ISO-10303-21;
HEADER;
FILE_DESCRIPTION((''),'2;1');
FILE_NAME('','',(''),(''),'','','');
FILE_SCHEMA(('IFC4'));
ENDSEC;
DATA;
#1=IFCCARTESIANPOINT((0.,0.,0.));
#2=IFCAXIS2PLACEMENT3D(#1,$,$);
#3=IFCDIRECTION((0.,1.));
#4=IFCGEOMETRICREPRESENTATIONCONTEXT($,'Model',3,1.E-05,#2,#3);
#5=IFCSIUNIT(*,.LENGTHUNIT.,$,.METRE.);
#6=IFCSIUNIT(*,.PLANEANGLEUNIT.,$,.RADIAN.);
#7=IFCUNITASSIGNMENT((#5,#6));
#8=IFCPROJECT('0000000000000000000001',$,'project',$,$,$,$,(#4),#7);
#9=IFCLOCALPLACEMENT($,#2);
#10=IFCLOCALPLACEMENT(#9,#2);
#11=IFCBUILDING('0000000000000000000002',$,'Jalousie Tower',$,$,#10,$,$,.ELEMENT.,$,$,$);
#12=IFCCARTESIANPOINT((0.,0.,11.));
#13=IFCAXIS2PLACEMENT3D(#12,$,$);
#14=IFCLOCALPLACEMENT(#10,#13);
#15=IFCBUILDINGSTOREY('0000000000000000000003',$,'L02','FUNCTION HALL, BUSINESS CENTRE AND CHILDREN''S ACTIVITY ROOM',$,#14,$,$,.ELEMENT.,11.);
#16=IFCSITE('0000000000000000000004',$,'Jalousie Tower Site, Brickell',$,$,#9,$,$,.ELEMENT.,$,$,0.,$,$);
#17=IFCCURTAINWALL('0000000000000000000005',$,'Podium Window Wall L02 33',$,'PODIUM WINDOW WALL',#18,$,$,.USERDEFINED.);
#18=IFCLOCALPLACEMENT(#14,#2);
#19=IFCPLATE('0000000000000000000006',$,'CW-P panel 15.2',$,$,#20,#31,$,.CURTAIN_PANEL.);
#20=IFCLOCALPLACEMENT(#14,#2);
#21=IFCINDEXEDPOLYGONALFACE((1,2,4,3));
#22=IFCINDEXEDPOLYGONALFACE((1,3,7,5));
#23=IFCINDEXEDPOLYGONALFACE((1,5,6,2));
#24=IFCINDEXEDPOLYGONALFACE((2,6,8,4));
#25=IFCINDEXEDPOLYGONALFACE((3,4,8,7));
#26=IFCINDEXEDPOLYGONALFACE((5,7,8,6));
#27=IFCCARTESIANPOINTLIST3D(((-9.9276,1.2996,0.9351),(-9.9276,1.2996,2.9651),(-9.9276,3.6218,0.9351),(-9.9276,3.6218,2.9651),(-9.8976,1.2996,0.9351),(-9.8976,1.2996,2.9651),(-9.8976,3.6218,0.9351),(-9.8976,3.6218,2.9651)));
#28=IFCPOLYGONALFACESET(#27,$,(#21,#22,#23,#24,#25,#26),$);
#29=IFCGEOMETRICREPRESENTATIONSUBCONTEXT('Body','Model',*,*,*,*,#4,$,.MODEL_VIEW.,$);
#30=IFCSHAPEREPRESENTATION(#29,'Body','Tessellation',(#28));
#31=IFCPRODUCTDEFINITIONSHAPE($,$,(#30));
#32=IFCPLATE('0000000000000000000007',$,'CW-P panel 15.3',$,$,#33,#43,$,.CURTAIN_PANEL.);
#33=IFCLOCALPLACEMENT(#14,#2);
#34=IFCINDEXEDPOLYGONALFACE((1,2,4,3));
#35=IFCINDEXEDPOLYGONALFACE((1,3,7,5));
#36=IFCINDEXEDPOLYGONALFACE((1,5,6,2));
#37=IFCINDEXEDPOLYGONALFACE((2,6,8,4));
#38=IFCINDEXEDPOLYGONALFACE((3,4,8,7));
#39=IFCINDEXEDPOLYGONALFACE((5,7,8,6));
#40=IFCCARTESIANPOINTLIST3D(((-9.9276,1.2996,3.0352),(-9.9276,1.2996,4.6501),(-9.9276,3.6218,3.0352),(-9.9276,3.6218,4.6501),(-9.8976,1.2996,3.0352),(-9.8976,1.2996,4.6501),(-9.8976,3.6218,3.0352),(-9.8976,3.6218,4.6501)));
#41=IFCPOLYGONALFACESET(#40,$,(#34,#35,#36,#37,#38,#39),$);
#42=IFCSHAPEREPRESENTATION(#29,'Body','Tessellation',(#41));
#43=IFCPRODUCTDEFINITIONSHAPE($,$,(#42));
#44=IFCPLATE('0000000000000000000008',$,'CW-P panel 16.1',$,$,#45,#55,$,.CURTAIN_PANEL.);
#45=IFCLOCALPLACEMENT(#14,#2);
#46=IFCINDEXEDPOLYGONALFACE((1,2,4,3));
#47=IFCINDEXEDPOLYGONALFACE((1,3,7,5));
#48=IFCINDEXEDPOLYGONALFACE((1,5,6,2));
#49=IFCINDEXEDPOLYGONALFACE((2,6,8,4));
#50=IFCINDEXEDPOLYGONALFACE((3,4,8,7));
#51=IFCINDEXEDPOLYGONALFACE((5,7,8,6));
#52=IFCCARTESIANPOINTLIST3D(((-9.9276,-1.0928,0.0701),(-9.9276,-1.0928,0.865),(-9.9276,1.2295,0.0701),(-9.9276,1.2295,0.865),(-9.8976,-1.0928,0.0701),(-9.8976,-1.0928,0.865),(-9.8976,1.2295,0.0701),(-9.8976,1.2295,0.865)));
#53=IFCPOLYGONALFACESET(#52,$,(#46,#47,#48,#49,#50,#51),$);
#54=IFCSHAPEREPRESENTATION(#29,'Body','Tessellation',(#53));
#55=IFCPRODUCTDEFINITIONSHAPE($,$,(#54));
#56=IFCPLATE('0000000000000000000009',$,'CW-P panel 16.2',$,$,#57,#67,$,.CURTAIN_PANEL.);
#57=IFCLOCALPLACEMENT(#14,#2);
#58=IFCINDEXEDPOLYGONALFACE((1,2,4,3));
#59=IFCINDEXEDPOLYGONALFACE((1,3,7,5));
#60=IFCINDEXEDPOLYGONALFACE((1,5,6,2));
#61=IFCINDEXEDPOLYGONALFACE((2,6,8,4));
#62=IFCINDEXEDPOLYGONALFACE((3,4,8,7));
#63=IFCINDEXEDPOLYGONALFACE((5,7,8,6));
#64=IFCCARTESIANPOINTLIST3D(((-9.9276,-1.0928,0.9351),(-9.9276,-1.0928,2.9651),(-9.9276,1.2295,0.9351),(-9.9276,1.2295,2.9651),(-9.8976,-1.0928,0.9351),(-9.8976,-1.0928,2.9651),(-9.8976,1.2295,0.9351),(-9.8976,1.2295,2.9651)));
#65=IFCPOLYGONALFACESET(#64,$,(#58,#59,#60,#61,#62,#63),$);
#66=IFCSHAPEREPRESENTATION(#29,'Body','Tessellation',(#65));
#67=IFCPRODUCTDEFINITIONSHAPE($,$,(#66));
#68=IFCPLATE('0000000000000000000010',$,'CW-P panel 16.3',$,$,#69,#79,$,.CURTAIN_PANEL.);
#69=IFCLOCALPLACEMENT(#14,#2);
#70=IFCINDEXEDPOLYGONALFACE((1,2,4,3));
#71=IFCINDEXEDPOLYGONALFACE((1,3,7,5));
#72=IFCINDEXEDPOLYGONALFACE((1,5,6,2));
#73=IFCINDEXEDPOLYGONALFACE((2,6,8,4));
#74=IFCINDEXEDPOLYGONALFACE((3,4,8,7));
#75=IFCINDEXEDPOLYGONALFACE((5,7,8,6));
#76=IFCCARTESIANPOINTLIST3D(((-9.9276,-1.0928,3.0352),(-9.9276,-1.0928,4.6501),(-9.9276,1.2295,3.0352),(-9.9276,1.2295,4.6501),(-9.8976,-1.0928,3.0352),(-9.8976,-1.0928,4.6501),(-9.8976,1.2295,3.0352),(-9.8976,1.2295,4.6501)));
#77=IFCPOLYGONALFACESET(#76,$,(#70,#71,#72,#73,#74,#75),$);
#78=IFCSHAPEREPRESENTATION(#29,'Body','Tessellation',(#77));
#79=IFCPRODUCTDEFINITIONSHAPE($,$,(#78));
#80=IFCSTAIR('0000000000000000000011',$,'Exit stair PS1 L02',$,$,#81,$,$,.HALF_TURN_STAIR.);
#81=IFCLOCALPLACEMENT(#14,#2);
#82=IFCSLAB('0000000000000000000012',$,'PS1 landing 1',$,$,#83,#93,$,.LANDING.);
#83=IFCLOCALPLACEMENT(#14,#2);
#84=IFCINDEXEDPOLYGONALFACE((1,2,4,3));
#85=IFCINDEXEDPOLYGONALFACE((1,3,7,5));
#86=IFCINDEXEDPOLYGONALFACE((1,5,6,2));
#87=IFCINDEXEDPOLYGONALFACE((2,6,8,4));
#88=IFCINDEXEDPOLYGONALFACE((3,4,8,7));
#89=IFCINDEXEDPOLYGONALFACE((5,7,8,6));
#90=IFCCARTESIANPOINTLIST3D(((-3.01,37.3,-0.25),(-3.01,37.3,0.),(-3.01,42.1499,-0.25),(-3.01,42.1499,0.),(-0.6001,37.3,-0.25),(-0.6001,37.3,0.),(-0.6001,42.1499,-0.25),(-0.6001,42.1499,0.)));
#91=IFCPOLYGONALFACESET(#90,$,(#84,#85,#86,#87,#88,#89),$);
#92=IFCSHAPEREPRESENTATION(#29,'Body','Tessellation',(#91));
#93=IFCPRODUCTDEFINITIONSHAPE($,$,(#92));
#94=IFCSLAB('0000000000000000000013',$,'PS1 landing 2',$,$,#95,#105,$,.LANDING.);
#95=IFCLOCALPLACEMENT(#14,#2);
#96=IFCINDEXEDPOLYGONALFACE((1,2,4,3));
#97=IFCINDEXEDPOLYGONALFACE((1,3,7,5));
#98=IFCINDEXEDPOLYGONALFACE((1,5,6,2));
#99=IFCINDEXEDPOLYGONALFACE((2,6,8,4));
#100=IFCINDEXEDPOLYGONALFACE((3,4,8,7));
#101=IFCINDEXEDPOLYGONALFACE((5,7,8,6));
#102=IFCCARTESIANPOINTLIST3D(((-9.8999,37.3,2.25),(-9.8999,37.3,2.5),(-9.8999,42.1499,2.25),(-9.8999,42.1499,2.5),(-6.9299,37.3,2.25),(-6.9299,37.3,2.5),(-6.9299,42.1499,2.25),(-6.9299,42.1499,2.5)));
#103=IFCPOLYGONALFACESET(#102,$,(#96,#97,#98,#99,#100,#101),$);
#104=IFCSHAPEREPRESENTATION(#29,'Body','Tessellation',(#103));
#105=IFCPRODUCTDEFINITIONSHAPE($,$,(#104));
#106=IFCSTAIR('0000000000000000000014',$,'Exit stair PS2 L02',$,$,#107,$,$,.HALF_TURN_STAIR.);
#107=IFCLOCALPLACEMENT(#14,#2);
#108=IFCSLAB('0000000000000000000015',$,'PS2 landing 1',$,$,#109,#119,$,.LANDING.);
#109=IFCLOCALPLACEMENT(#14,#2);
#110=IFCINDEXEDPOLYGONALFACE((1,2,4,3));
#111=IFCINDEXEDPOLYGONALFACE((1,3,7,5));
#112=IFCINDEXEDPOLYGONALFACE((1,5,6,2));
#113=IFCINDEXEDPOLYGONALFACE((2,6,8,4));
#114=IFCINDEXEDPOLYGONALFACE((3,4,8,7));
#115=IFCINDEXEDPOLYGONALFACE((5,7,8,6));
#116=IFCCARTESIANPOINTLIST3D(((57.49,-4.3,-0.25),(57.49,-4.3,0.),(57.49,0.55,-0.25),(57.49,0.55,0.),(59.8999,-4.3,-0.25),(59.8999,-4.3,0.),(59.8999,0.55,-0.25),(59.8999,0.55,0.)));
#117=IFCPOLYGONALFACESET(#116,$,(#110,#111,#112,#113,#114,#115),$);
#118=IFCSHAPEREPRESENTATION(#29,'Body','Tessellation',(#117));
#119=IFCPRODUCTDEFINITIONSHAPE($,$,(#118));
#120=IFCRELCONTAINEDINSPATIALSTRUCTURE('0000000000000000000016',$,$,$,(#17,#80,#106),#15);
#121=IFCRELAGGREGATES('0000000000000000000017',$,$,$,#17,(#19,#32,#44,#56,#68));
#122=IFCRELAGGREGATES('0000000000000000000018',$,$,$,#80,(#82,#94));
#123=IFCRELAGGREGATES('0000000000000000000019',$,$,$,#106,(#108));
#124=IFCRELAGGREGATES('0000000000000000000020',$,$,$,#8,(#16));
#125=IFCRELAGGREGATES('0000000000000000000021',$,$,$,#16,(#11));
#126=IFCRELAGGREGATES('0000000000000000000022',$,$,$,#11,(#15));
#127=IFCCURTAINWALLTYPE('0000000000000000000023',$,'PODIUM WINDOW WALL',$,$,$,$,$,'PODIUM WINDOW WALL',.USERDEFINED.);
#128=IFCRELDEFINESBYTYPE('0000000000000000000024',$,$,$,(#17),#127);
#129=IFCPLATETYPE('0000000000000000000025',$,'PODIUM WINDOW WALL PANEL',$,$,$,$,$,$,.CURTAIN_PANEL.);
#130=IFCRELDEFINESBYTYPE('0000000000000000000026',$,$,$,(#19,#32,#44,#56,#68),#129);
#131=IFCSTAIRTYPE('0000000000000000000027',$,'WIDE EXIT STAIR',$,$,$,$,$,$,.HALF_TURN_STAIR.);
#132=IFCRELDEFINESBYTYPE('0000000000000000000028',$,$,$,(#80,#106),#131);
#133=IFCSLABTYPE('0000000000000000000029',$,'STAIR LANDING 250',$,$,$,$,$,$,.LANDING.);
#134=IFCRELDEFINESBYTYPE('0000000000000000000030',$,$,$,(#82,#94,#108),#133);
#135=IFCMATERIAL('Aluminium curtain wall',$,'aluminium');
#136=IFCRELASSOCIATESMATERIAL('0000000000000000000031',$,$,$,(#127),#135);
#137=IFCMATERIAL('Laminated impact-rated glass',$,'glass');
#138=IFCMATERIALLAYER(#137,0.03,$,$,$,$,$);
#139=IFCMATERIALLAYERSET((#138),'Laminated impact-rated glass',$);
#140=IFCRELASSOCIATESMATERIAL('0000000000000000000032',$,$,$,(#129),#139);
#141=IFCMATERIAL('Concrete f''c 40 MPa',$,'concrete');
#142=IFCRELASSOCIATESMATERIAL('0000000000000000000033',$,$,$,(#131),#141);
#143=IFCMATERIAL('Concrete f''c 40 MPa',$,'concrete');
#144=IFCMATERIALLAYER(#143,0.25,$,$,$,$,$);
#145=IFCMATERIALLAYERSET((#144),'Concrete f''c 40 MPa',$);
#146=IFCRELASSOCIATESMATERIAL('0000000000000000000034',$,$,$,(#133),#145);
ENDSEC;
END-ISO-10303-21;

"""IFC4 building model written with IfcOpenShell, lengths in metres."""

from ifc_helpers import new_model, si_unit, direction, frame, origin, origin_2d, place, context, subcontext, project, spatial, polyline, rectangle, outline, extrude, material, layer, layer_set, type_object, element, aggregate, save


model = new_model("IFC4")

# Units and contexts
model_context = context("Model", 3, precision=1e-05, world=origin(), true_north=direction((0.0, 1.0)))
body_context = subcontext(model_context, "Body", "Model", "MODEL_VIEW")
ifc_project = project(units=[si_unit("LENGTHUNIT", "METRE"), si_unit("PLANEANGLEUNIT", "RADIAN")], contexts=[model_context])

# Site, building, storey
site_placement = place(None, origin())
site = spatial("IfcSite", under=ifc_project, at=site_placement, Name="Jalousie Tower Site, Brickell", CompositionType="ELEMENT", RefElevation=0.0)
building_placement = place(site_placement, origin())
building = spatial("IfcBuilding", under=site, at=building_placement, Name="Jalousie Tower", CompositionType="ELEMENT")
storey_placement = place(building_placement, frame((0.0, 0.0, 11.0)))
storey = spatial("IfcBuildingStorey", under=building, at=storey_placement, Name="L02", Description="FUNCTION HALL, BUSINESS CENTRE AND CHILDREN'S ACTIVITY ROOM", CompositionType="ELEMENT", Elevation=11.0)

# Curtain wall
ifc_material_1 = material(Name="Aluminium curtain wall", Category="aluminium")
curtain_wall_type = type_object("IfcCurtainWallType", Name="PODIUM WINDOW WALL", ElementType="PODIUM WINDOW WALL", PredefinedType="USERDEFINED", material=ifc_material_1)
curtain_wall_placement = place(storey_placement, origin())
curtain_wall = element("IfcCurtainWall", 1, at=curtain_wall_placement, inside=storey, type_object=curtain_wall_type, Name="Podium Window Wall L02 33", ObjectType="PODIUM WINDOW WALL", PredefinedType="USERDEFINED")

# Plates
ifc_material_2 = material(Name="Laminated impact-rated glass", Category="glass")
ifc_layer_1 = layer(ifc_material_2, 0.03)
ifc_layer_set_1 = layer_set([ifc_layer_1], Name="Laminated impact-rated glass")
plate_type = type_object("IfcPlateType", Name="PODIUM WINDOW WALL PANEL", PredefinedType="CURTAIN_PANEL", material=ifc_layer_set_1)
plate_1_placement = place(storey_placement, frame((-9.9126, 2.4607, 0.9351), z_axis=(0.0, 0.0, 1.0), x_axis=(0.0, -1.0, 0.0)))
plate_1 = element("IfcPlate", 2, at=plate_1_placement, type_object=plate_type, Name="CW-P panel 15.2", PredefinedType="CURTAIN_PANEL", context=body_context, shape_type="SweptSolid", body=[
    extrude(rectangle(XDim=2.3223, YDim=0.03, at=origin_2d()), origin(), (0.0, 0.0, 1.0), 2.03),
])
plate_2_placement = place(storey_placement, frame((-9.9126, 2.4607, 3.0352), z_axis=(0.0, 0.0, 1.0), x_axis=(0.0, -1.0, 0.0)))
plate_2 = element("IfcPlate", 3, at=plate_2_placement, type_object=plate_type, Name="CW-P panel 15.3", PredefinedType="CURTAIN_PANEL", context=body_context, shape_type="SweptSolid", body=[
    extrude(rectangle(XDim=2.3223, YDim=0.03, at=origin_2d()), origin(), (0.0, 0.0, 1.0), 1.615),
])
plate_3_placement = place(storey_placement, frame((-9.9126, 0.0684, 0.0701), z_axis=(0.0, 0.0, 1.0), x_axis=(0.0, -1.0, 0.0)))
plate_3 = element("IfcPlate", 4, at=plate_3_placement, type_object=plate_type, Name="CW-P panel 16.1", PredefinedType="CURTAIN_PANEL", context=body_context, shape_type="SweptSolid", body=[
    extrude(rectangle(XDim=2.3223, YDim=0.03, at=origin_2d()), origin(), (0.0, 0.0, 1.0), 0.7949),
])
plate_4_placement = place(storey_placement, frame((-9.9126, 0.0684, 0.9351), z_axis=(0.0, 0.0, 1.0), x_axis=(0.0, -1.0, 0.0)))
plate_4 = element("IfcPlate", 5, at=plate_4_placement, type_object=plate_type, Name="CW-P panel 16.2", PredefinedType="CURTAIN_PANEL", context=body_context, shape_type="SweptSolid", body=[
    extrude(rectangle(XDim=2.3223, YDim=0.03, at=origin_2d()), origin(), (0.0, 0.0, 1.0), 2.03),
])
plate_5_placement = place(storey_placement, frame((-9.9126, 0.0684, 3.0352), z_axis=(0.0, 0.0, 1.0), x_axis=(0.0, -1.0, 0.0)))
plate_5 = element("IfcPlate", 6, at=plate_5_placement, type_object=plate_type, Name="CW-P panel 16.3", PredefinedType="CURTAIN_PANEL", context=body_context, shape_type="SweptSolid", body=[
    extrude(rectangle(XDim=2.3223, YDim=0.03, at=origin_2d()), origin(), (0.0, 0.0, 1.0), 1.615),
])
aggregate(curtain_wall, [plate_1, plate_2, plate_3, plate_4, plate_5])

# Stair, slabs
ifc_material_3 = material(Name="Concrete f'c 40 MPa", Category="concrete")
stair_type = type_object("IfcStairType", Name="WIDE EXIT STAIR", PredefinedType="HALF_TURN_STAIR", material=ifc_material_3)
stair_1_placement = place(storey_placement, origin())
stair_1 = element("IfcStair", 7, at=stair_1_placement, inside=storey, type_object=stair_type, Name="Exit stair PS1 L02", PredefinedType="HALF_TURN_STAIR")
ifc_material_4 = material(Name="Concrete f'c 40 MPa", Category="concrete")
ifc_layer_2 = layer(ifc_material_4, 0.25)
ifc_layer_set_2 = layer_set([ifc_layer_2], Name="Concrete f'c 40 MPa")
slab_type = type_object("IfcSlabType", Name="STAIR LANDING 250", PredefinedType="LANDING", material=ifc_layer_set_2)
slab_1_placement = place(storey_placement, frame((0.0, 0.0, -0.25)))
slab_1 = element("IfcSlab", 8, at=slab_1_placement, type_object=slab_type, Name="PS1 landing 1", PredefinedType="LANDING", context=body_context, shape_type="SweptSolid", body=[
    extrude(outline(polyline([(-0.6001, 37.3), (-0.6001, 42.1499), (-3.01, 42.1499), (-3.01, 37.3), (-0.6001, 37.3)])), origin(), (0.0, 0.0, 1.0), 0.25),
])
slab_2_placement = place(storey_placement, frame((0.0, 0.0, 2.25)))
slab_2 = element("IfcSlab", 9, at=slab_2_placement, type_object=slab_type, Name="PS1 landing 2", PredefinedType="LANDING", context=body_context, shape_type="SweptSolid", body=[
    extrude(outline(polyline([(-6.9299, 42.1499), (-9.8999, 42.1499), (-9.8999, 37.3), (-6.9299, 37.3), (-6.9299, 42.1499)])), origin(), (0.0, 0.0, 1.0), 0.25),
])
aggregate(stair_1, [slab_1, slab_2])

# Stair, slab
stair_2_placement = place(storey_placement, origin())
stair_2 = element("IfcStair", 10, at=stair_2_placement, inside=storey, type_object=stair_type, Name="Exit stair PS2 L02", PredefinedType="HALF_TURN_STAIR")
slab_3_placement = place(storey_placement, frame((0.0, 0.0, -0.25)))
slab_3 = element("IfcSlab", 11, at=slab_3_placement, type_object=slab_type, Name="PS2 landing 1", PredefinedType="LANDING", context=body_context, shape_type="SweptSolid", body=[
    extrude(outline(polyline([(59.8999, -4.3), (59.8999, 0.55), (57.49, 0.55), (57.49, -4.3), (59.8999, -4.3)])), origin(), (0.0, 0.0, 1.0), 0.25),
])
aggregate(stair_2, [slab_3])

save(model, "model.ifc")
